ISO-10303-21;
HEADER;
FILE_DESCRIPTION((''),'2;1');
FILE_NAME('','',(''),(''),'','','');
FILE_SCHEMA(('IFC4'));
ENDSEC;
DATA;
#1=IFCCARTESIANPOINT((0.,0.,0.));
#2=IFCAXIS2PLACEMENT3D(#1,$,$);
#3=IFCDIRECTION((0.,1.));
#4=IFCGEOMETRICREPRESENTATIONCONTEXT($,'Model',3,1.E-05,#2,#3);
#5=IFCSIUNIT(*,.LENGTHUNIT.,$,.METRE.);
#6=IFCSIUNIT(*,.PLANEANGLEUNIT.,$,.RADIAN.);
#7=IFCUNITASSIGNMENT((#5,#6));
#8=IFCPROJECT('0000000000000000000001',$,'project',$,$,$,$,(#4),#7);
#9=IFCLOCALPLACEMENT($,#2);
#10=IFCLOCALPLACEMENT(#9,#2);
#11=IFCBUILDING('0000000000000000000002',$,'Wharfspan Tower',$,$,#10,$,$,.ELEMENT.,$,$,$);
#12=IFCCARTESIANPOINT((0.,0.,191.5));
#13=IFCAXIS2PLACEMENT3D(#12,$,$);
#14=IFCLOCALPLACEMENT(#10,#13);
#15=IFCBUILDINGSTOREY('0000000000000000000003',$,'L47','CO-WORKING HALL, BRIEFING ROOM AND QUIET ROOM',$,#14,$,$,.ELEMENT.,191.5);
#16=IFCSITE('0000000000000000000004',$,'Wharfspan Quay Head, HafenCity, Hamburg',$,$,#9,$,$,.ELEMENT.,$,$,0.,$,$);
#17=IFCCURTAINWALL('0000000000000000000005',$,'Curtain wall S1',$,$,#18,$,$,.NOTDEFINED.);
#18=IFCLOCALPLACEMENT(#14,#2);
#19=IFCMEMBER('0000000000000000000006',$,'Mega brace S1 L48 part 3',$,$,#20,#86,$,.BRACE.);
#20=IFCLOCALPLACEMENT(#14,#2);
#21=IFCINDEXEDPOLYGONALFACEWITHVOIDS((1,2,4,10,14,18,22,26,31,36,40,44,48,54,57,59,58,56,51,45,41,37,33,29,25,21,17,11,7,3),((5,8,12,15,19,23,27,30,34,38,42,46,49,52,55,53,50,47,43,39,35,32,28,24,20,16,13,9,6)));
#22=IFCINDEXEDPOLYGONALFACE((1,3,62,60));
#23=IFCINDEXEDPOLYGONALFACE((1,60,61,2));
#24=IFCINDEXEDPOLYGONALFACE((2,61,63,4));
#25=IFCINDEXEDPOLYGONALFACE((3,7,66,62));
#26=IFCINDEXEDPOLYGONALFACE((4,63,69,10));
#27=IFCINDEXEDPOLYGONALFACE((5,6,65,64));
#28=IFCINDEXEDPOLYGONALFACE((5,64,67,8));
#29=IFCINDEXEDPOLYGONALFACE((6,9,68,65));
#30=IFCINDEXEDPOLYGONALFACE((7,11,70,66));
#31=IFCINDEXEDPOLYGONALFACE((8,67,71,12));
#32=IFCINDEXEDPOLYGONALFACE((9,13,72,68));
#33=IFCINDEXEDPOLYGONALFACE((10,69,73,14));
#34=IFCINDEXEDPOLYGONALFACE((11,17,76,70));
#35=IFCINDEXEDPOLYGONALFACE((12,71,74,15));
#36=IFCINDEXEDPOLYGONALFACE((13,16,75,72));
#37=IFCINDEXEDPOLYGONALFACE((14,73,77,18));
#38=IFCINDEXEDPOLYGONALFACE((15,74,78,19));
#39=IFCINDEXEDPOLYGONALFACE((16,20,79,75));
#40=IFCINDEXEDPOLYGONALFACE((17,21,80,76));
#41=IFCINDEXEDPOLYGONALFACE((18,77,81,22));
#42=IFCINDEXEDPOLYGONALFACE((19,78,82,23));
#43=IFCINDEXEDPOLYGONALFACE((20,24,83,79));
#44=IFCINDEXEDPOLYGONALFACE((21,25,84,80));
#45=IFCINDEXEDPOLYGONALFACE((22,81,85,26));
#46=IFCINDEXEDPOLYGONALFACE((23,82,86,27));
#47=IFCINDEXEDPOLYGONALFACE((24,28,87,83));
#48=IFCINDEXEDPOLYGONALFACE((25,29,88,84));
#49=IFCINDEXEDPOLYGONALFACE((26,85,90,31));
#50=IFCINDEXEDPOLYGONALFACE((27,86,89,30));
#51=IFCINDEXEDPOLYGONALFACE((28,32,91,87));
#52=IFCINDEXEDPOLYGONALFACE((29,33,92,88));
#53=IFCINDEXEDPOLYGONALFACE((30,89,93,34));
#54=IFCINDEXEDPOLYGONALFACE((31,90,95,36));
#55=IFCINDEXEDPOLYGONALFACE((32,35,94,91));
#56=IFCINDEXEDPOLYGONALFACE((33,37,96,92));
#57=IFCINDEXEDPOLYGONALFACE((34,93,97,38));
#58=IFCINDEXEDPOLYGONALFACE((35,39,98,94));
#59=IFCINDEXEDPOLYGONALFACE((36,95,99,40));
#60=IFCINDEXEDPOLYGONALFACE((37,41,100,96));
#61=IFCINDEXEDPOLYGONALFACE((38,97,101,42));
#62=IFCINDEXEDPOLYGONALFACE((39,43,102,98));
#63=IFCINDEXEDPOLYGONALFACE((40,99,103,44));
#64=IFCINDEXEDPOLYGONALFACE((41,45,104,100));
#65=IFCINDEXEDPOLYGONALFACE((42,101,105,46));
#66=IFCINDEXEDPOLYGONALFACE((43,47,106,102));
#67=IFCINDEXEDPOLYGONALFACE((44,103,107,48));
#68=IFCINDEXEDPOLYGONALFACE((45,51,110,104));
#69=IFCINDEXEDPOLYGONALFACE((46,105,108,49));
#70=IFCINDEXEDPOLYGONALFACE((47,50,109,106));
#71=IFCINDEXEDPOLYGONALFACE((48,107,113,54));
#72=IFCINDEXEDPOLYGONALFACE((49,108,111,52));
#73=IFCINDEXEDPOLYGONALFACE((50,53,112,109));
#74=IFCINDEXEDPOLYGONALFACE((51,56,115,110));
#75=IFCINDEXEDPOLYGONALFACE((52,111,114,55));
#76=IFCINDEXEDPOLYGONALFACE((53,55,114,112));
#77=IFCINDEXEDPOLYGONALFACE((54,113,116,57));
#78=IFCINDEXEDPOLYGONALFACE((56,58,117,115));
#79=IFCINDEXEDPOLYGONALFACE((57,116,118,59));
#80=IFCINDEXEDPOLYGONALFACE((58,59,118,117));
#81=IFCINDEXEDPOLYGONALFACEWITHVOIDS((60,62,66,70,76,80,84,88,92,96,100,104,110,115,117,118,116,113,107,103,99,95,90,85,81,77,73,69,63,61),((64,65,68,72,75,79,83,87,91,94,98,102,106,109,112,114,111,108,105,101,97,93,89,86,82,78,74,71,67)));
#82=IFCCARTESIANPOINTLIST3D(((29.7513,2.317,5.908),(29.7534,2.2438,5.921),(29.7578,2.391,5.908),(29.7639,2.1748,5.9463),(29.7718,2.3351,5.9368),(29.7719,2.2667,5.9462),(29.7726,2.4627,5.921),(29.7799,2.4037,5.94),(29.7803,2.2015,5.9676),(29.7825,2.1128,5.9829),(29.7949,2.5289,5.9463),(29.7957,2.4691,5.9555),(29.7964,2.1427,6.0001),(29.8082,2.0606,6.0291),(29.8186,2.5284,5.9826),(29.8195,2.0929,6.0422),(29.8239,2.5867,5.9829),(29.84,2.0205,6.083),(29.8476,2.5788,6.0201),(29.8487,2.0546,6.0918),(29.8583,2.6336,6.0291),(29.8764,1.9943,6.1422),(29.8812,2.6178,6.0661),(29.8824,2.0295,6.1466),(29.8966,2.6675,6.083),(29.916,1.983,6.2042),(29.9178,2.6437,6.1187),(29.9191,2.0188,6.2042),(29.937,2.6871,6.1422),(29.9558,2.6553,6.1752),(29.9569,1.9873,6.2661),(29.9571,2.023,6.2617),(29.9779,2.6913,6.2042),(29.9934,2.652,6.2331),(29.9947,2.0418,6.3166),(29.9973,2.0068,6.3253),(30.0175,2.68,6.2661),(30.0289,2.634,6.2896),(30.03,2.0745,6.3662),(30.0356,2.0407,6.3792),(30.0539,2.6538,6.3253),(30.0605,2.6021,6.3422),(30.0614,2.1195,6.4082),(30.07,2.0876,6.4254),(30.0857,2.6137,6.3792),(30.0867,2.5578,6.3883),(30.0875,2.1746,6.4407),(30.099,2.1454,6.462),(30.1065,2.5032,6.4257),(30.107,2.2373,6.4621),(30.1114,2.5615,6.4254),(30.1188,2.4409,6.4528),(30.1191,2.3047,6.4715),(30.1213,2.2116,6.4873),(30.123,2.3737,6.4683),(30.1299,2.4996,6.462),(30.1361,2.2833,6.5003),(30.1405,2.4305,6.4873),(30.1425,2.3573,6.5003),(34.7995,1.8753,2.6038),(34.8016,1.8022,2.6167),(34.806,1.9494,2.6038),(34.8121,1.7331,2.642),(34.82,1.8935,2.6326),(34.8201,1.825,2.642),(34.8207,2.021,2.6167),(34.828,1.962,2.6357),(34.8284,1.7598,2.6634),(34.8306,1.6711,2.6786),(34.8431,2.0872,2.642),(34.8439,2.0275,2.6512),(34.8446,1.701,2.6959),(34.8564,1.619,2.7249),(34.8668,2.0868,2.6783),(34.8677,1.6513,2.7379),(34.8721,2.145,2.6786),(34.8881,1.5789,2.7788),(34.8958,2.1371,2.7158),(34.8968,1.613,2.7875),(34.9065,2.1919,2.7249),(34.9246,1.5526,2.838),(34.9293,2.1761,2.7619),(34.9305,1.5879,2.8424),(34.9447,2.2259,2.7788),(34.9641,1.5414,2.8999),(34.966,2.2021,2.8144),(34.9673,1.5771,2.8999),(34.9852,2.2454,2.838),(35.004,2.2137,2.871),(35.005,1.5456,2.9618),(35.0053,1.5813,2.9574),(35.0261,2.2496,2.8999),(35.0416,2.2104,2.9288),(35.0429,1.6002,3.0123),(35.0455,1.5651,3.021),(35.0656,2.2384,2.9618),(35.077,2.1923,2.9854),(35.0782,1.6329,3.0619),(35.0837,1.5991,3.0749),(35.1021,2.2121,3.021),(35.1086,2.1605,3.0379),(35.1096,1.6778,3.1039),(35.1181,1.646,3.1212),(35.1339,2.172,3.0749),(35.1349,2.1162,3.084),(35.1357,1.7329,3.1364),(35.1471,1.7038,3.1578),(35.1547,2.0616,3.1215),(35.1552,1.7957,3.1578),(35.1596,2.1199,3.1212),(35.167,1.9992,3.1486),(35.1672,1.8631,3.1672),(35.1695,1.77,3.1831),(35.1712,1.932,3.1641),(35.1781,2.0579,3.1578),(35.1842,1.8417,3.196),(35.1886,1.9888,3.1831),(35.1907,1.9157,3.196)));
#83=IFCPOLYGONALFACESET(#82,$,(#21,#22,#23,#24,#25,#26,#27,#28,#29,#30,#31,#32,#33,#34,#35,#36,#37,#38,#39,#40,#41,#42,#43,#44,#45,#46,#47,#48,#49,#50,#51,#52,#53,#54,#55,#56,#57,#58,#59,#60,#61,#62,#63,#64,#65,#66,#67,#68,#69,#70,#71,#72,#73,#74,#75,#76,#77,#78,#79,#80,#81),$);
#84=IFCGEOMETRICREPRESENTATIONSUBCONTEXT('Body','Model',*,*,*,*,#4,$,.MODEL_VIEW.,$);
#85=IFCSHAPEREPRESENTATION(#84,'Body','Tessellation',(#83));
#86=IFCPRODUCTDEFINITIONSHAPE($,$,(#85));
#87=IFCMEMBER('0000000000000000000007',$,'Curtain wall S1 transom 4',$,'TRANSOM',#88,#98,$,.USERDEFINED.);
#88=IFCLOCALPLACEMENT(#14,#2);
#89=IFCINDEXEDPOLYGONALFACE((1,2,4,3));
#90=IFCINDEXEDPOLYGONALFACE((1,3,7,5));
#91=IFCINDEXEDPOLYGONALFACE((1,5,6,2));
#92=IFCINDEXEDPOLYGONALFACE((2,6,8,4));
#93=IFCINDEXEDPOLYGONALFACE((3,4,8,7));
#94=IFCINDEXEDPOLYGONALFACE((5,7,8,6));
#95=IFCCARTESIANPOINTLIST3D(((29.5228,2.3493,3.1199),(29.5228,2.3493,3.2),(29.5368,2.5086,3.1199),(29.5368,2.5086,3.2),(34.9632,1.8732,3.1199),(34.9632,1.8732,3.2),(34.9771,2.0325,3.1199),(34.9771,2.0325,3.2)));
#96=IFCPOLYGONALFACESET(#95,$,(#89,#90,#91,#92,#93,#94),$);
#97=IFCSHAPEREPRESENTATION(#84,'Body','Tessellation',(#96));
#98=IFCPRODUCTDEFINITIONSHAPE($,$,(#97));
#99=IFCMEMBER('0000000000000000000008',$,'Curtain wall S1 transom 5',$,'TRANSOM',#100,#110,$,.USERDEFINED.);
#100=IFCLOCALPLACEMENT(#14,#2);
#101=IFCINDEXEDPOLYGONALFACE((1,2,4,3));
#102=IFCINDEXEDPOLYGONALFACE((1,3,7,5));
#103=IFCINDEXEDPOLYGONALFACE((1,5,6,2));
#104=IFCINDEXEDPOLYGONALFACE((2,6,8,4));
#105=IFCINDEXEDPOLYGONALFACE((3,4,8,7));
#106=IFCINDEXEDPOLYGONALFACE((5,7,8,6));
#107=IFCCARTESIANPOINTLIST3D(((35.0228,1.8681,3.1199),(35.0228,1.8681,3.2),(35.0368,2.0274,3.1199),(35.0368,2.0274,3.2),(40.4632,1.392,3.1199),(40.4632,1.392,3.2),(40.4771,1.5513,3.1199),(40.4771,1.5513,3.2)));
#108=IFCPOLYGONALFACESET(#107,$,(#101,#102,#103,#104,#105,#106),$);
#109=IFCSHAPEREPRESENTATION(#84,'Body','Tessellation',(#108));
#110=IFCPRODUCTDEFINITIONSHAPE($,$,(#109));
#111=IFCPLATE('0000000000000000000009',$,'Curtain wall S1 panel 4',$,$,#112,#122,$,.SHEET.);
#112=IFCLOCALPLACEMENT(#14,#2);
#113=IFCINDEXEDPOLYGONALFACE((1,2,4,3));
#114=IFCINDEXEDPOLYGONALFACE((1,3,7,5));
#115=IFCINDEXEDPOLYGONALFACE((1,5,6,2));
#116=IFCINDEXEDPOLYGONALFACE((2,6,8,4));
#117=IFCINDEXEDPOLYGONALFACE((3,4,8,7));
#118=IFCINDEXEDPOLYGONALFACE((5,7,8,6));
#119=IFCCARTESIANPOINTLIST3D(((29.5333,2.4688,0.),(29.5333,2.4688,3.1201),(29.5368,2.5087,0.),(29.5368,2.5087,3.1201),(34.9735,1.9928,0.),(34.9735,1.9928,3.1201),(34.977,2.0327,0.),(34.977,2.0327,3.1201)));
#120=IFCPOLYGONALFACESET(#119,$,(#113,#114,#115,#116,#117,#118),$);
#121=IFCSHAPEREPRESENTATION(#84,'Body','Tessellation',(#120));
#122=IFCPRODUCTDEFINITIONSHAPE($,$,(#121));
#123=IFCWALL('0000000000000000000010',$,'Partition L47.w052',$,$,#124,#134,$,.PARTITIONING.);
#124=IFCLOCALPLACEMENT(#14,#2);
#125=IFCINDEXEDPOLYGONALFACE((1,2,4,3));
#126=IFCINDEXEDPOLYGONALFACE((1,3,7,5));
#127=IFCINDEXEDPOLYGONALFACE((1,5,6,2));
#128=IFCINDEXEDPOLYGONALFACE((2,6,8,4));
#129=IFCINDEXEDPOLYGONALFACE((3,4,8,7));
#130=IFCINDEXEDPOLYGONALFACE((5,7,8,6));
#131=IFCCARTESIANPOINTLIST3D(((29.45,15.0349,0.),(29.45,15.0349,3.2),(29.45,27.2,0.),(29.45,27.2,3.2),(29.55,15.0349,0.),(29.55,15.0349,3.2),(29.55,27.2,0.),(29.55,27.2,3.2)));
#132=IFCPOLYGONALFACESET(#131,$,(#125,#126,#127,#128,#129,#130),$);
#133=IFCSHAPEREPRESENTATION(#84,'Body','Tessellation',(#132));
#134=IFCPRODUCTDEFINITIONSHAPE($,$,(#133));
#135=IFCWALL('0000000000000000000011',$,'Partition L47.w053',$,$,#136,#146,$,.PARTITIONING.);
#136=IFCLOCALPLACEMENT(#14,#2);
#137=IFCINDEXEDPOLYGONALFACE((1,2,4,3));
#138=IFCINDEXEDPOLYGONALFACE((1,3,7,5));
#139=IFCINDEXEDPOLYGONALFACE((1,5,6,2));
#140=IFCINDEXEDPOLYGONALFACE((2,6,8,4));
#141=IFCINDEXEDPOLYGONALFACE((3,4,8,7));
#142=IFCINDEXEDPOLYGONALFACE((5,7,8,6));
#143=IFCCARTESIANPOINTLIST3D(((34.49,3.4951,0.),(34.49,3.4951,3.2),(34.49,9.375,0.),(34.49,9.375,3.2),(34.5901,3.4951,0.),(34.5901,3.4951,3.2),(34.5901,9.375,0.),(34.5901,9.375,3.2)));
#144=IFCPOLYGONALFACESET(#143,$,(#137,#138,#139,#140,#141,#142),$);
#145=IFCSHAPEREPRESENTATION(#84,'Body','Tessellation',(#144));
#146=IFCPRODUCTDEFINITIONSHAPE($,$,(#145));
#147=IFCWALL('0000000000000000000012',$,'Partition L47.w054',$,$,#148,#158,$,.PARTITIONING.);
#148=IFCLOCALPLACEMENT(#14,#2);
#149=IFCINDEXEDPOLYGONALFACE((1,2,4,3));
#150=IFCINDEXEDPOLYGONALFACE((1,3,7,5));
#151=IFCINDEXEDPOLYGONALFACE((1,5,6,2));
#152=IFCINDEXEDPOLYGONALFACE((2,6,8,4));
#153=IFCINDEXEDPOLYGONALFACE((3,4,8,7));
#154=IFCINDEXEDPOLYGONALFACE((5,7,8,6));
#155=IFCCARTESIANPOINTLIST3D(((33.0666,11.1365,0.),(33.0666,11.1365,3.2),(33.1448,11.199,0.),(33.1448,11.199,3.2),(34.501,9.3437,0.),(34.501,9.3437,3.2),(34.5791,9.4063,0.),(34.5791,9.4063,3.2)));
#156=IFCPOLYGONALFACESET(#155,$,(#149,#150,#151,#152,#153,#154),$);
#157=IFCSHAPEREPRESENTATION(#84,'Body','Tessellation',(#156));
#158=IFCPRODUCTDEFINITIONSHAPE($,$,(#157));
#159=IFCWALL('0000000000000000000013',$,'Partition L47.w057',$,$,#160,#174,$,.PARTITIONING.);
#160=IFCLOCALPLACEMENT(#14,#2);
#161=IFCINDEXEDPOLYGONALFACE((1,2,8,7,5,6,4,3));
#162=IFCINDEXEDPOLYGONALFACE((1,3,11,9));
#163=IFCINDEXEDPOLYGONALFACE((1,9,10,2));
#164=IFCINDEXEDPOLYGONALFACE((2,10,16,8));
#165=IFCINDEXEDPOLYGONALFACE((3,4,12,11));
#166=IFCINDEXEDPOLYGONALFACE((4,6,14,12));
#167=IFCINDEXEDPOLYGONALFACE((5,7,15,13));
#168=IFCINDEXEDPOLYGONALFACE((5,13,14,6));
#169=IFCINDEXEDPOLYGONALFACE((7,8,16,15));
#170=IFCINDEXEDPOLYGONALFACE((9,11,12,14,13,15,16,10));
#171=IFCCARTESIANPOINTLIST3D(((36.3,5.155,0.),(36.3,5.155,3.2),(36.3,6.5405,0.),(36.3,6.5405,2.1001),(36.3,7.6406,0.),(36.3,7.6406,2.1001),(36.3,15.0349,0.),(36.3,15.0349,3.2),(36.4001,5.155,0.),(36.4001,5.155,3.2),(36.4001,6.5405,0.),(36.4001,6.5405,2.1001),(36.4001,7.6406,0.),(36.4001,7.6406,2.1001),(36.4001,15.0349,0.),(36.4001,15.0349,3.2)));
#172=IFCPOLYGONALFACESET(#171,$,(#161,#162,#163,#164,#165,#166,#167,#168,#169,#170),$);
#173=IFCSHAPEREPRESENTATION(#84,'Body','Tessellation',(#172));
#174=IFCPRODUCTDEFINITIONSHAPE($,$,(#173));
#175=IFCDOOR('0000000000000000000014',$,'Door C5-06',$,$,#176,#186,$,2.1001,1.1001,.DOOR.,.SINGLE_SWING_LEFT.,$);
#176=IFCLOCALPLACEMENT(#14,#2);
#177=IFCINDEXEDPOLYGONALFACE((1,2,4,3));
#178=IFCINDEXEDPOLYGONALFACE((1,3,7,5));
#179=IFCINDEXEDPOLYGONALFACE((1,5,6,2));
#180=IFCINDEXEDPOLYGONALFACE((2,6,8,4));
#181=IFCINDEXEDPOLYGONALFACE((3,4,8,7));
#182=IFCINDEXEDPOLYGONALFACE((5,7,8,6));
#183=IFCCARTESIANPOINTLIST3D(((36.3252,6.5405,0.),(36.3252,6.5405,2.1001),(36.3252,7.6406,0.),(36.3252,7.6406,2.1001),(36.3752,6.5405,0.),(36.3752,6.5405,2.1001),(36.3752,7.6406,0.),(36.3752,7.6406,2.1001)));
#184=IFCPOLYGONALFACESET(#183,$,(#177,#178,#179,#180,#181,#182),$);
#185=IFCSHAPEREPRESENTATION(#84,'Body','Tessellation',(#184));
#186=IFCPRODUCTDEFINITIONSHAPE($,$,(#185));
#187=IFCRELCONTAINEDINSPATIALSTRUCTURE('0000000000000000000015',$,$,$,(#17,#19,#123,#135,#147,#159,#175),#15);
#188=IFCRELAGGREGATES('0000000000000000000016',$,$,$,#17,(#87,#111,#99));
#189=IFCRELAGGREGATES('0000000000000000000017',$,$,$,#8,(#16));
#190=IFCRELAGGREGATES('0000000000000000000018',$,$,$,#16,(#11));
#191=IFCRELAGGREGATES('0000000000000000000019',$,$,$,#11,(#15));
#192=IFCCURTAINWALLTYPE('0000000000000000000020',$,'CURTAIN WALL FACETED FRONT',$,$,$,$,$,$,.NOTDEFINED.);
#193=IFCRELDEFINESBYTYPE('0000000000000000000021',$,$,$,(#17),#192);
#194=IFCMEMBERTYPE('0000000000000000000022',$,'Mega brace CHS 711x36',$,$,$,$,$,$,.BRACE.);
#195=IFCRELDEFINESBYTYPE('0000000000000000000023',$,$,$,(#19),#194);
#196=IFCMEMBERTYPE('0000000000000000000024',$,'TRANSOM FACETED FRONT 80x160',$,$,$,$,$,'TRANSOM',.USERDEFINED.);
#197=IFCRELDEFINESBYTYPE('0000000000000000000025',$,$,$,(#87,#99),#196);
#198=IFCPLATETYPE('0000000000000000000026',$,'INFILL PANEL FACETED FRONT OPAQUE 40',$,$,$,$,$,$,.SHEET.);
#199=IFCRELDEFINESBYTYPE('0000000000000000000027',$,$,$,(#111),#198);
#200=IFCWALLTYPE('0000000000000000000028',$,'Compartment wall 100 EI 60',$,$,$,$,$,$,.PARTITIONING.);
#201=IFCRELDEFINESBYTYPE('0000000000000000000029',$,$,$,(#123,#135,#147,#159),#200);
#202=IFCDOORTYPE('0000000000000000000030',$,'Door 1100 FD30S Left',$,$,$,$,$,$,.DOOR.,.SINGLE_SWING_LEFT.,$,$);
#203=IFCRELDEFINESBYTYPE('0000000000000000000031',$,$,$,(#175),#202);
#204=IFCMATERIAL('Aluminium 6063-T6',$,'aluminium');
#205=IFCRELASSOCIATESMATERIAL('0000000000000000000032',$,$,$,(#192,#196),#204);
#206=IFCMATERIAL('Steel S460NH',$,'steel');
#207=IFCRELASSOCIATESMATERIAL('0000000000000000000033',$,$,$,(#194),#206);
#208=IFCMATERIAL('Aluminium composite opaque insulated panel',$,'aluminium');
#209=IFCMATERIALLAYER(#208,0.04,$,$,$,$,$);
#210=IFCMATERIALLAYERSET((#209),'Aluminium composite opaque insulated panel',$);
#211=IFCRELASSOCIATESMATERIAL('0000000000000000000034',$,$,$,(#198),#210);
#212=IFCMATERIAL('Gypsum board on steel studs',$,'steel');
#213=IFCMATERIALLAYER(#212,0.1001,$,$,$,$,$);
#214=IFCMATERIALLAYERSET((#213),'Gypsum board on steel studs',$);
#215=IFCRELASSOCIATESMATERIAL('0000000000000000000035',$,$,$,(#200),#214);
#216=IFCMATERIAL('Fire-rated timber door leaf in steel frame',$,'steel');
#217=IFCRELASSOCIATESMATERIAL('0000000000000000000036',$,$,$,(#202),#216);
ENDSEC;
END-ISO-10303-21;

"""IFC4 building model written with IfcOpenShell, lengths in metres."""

from ifc_helpers import new_model, si_unit, direction, frame, frame_2d, origin, origin_2d, place, context, subcontext, project, spatial, rectangle, hollow_circle, extrude, material, layer, layer_set, material_profile, profile_set, type_object, element, fill, aggregate, save


model = new_model("IFC4")

# Units and contexts
model_context = context("Model", 3, precision=1e-05, world=origin(), true_north=direction((0.0, 1.0)))
body_context = subcontext(model_context, "Body", "Model", "MODEL_VIEW")
ifc_project = project(units=[si_unit("LENGTHUNIT", "METRE"), si_unit("PLANEANGLEUNIT", "RADIAN")], contexts=[model_context])

# Site, building, storey
site_placement = place(None, origin())
site = spatial("IfcSite", under=ifc_project, at=site_placement, Name="Wharfspan Quay Head, HafenCity, Hamburg", CompositionType="ELEMENT", RefElevation=0.0)
building_placement = place(site_placement, origin())
building = spatial("IfcBuilding", under=site, at=building_placement, Name="Wharfspan Tower", CompositionType="ELEMENT")
storey_placement = place(building_placement, frame((0.0, 0.0, 191.5)))
storey = spatial("IfcBuildingStorey", under=building, at=storey_placement, Name="L47", Description="CO-WORKING HALL, BRIEFING ROOM AND QUIET ROOM", CompositionType="ELEMENT", Elevation=191.5)

# Curtain wall
ifc_material_1 = material(Name="Aluminium 6063-T6", Category="aluminium")
curtain_wall_type = type_object("IfcCurtainWallType", Name="CURTAIN WALL FACETED FRONT", PredefinedType="NOTDEFINED", material=ifc_material_1)
curtain_wall_placement = place(storey_placement, origin())
curtain_wall = element("IfcCurtainWall", 1, at=curtain_wall_placement, inside=storey, type_object=curtain_wall_type, Name="Curtain wall S1", PredefinedType="NOTDEFINED")

# Members
ifc_material_2 = material(Name="Steel S460NH", Category="steel")
ifc_material_profile_1 = material_profile(ifc_material_2, hollow_circle(Radius=0.3555, WallThickness=0.0359, at=origin_2d()))
ifc_profile_set_1 = profile_set([ifc_material_profile_1], Name="Steel S460NH")
member_type_1 = type_object("IfcMemberType", Name="Mega brace CHS 711x36", PredefinedType="BRACE", material=ifc_profile_set_1)
member_1_placement = place(storey_placement, frame((34.9951, 1.8955, 2.8999), z_axis=(-0.834469, 0.073006, 0.546197), x_axis=(-0.087156, -0.996198, -0.000001)))
element("IfcMember", 2, at=member_1_placement, inside=storey, type_object=member_type_1, Name="Mega brace S1 L48 part 3", PredefinedType="BRACE", context=body_context, shape_type="SweptSolid", body=[
    extrude(hollow_circle(Radius=0.3555, WallThickness=0.0359, at=origin_2d()), origin(), (0.0, 0.0, 1.0), 6.0496),
])
ifc_material_profile_2 = material_profile(ifc_material_1, rectangle(XDim=0.1599, YDim=0.0801, at=origin_2d()))
ifc_profile_set_2 = profile_set([ifc_material_profile_2], Name="Aluminium 6063-T6")
member_type_2 = type_object("IfcMemberType", Name="TRANSOM FACETED FRONT 80x160", ElementType="TRANSOM", PredefinedType="USERDEFINED", material=ifc_profile_set_2)
member_2_placement = place(storey_placement, frame((29.5298, 2.429, 3.1599), z_axis=(0.996193, -0.087174, 0.0), x_axis=(0.087174, 0.996193, 0.0)))
member_2 = element("IfcMember", 3, at=member_2_placement, type_object=member_type_2, Name="Curtain wall S1 transom 4", ObjectType="TRANSOM", PredefinedType="USERDEFINED", context=body_context, shape_type="SweptSolid", body=[
    extrude(rectangle(XDim=0.1599, YDim=0.0801, at=origin_2d()), origin(), (0.0, 0.0, 1.0), 5.4612),
])
member_3_placement = place(storey_placement, frame((35.0298, 1.9478, 3.1599), z_axis=(0.996193, -0.087174, 0.0), x_axis=(0.087174, 0.996193, 0.0)))
member_3 = element("IfcMember", 4, at=member_3_placement, type_object=member_type_2, Name="Curtain wall S1 transom 5", ObjectType="TRANSOM", PredefinedType="USERDEFINED", context=body_context, shape_type="SweptSolid", body=[
    extrude(rectangle(XDim=0.1599, YDim=0.0801, at=origin_2d()), origin(), (0.0, 0.0, 1.0), 5.4612),
])

# Plate
ifc_material_3 = material(Name="Aluminium composite opaque insulated panel", Category="aluminium")
ifc_layer_1 = layer(ifc_material_3, 0.04)
ifc_layer_set_1 = layer_set([ifc_layer_1], Name="Aluminium composite opaque insulated panel")
plate_type = type_object("IfcPlateType", Name="INFILL PANEL FACETED FRONT OPAQUE 40", PredefinedType="SHEET", material=ifc_layer_set_1)
plate_placement = place(storey_placement, frame((32.2551, 2.2507, 0.0), z_axis=(0.0, 0.0, 1.0), x_axis=(0.996198, -0.087156, 0.0)))
plate = element("IfcPlate", 5, at=plate_placement, type_object=plate_type, Name="Curtain wall S1 panel 4", PredefinedType="SHEET", context=body_context, shape_type="SweptSolid", body=[
    extrude(rectangle(XDim=5.4609, YDim=0.04, at=origin_2d()), origin(), (0.0, 0.0, 1.0), 3.1201),
])
aggregate(curtain_wall, [member_2, plate, member_3])

# Walls
ifc_material_4 = material(Name="Gypsum board on steel studs", Category="steel")
ifc_layer_2 = layer(ifc_material_4, 0.1001)
ifc_layer_set_2 = layer_set([ifc_layer_2], Name="Gypsum board on steel studs")
wall_type_1 = type_object("IfcWallType", Name="Compartment wall 100 EI 60", PredefinedType="PARTITIONING", material=ifc_layer_set_2)
wall_1_placement = place(storey_placement, frame((29.5, 15.0349, 0.0), z_axis=(0.0, 0.0, 1.0), x_axis=(0.0, 1.0, 0.0)))
element("IfcWall", 6, at=wall_1_placement, inside=storey, type_object=wall_type_1, Name="Partition L47.w052", PredefinedType="PARTITIONING", context=body_context, shape_type="SweptSolid", body=[
    extrude(rectangle(XDim=12.165, YDim=0.1001, at=frame_2d((6.0825, 0.0))), origin(), (0.0, 0.0, 1.0), 3.2),
])
wall_2_placement = place(storey_placement, frame((34.54, 3.4951, 0.0), z_axis=(0.0, 0.0, 1.0), x_axis=(0.0, 1.0, 0.0)))
element("IfcWall", 7, at=wall_2_placement, inside=storey, type_object=wall_type_1, Name="Partition L47.w053", PredefinedType="PARTITIONING", context=body_context, shape_type="SweptSolid", body=[
    extrude(rectangle(XDim=5.8799, YDim=0.1001, at=frame_2d((2.9399, 0.0))), origin(), (0.0, 0.0, 1.0), 3.2),
])
wall_3_placement = place(storey_placement, frame((34.54, 9.375, 0.0), z_axis=(0.0, 0.0, 1.0), x_axis=(-0.624735, 0.780839, 0.0)))
element("IfcWall", 8, at=wall_3_placement, inside=storey, type_object=wall_type_1, Name="Partition L47.w054", PredefinedType="PARTITIONING", context=body_context, shape_type="SweptSolid", body=[
    extrude(rectangle(XDim=2.2959, YDim=0.1001, at=frame_2d((1.1479, 0.0))), origin(), (0.0, 0.0, 1.0), 3.2),
])

# Wall, opening, door
wall_4_placement = place(storey_placement, frame((36.3501, 5.155, 0.0), z_axis=(0.0, 0.0, 1.0), x_axis=(0.0, 1.0, 0.0)))
wall_4 = element("IfcWall", 9, at=wall_4_placement, inside=storey, type_object=wall_type_1, Name="Partition L47.w057", PredefinedType="PARTITIONING", context=body_context, shape_type="SweptSolid", body=[
    extrude(rectangle(XDim=9.8799, YDim=0.1001, at=frame_2d((4.9399, 0.0))), origin(), (0.0, 0.0, 1.0), 3.2),
])
opening_placement = place(wall_4_placement, frame((1.3855, 0.0, 0.0)))
opening = element("IfcOpeningElement", 10, at=opening_placement, cuts=wall_4, PredefinedType="OPENING", context=body_context, shape_type="SweptSolid", body=[
    extrude(rectangle(XDim=1.1001, YDim=2.1001, at=frame_2d((0.55, 1.05))), frame((0.0, 0.0601, 0.0), z_axis=(0.0, -1.0, 0.0), x_axis=(1.0, 0.0, 0.0)), (0.0, 0.0, 1.0), 0.1201),
])
ifc_material_5 = material(Name="Fire-rated timber door leaf in steel frame", Category="steel")
door_type = type_object("IfcDoorType", Name="Door 1100 FD30S Left", OperationType="SINGLE_SWING_LEFT", PredefinedType="DOOR", material=ifc_material_5)
door_placement = place(opening_placement, origin())
door = element("IfcDoor", 11, at=door_placement, inside=storey, type_object=door_type, Name="Door C5-06", OperationType="SINGLE_SWING_LEFT", OverallHeight=2.1001, OverallWidth=1.1001, PredefinedType="DOOR", context=body_context, shape_type="SweptSolid", body=[
    extrude(rectangle(XDim=1.1001, YDim=2.1001, at=frame_2d((0.55, 1.05))), frame((0.0, 0.0249, 0.0), z_axis=(0.0, -1.0, 0.0), x_axis=(1.0, 0.0, 0.0)), (0.0, 0.0, 1.0), 0.05),
])
fill(opening, door)

save(model, "model.ifc")
